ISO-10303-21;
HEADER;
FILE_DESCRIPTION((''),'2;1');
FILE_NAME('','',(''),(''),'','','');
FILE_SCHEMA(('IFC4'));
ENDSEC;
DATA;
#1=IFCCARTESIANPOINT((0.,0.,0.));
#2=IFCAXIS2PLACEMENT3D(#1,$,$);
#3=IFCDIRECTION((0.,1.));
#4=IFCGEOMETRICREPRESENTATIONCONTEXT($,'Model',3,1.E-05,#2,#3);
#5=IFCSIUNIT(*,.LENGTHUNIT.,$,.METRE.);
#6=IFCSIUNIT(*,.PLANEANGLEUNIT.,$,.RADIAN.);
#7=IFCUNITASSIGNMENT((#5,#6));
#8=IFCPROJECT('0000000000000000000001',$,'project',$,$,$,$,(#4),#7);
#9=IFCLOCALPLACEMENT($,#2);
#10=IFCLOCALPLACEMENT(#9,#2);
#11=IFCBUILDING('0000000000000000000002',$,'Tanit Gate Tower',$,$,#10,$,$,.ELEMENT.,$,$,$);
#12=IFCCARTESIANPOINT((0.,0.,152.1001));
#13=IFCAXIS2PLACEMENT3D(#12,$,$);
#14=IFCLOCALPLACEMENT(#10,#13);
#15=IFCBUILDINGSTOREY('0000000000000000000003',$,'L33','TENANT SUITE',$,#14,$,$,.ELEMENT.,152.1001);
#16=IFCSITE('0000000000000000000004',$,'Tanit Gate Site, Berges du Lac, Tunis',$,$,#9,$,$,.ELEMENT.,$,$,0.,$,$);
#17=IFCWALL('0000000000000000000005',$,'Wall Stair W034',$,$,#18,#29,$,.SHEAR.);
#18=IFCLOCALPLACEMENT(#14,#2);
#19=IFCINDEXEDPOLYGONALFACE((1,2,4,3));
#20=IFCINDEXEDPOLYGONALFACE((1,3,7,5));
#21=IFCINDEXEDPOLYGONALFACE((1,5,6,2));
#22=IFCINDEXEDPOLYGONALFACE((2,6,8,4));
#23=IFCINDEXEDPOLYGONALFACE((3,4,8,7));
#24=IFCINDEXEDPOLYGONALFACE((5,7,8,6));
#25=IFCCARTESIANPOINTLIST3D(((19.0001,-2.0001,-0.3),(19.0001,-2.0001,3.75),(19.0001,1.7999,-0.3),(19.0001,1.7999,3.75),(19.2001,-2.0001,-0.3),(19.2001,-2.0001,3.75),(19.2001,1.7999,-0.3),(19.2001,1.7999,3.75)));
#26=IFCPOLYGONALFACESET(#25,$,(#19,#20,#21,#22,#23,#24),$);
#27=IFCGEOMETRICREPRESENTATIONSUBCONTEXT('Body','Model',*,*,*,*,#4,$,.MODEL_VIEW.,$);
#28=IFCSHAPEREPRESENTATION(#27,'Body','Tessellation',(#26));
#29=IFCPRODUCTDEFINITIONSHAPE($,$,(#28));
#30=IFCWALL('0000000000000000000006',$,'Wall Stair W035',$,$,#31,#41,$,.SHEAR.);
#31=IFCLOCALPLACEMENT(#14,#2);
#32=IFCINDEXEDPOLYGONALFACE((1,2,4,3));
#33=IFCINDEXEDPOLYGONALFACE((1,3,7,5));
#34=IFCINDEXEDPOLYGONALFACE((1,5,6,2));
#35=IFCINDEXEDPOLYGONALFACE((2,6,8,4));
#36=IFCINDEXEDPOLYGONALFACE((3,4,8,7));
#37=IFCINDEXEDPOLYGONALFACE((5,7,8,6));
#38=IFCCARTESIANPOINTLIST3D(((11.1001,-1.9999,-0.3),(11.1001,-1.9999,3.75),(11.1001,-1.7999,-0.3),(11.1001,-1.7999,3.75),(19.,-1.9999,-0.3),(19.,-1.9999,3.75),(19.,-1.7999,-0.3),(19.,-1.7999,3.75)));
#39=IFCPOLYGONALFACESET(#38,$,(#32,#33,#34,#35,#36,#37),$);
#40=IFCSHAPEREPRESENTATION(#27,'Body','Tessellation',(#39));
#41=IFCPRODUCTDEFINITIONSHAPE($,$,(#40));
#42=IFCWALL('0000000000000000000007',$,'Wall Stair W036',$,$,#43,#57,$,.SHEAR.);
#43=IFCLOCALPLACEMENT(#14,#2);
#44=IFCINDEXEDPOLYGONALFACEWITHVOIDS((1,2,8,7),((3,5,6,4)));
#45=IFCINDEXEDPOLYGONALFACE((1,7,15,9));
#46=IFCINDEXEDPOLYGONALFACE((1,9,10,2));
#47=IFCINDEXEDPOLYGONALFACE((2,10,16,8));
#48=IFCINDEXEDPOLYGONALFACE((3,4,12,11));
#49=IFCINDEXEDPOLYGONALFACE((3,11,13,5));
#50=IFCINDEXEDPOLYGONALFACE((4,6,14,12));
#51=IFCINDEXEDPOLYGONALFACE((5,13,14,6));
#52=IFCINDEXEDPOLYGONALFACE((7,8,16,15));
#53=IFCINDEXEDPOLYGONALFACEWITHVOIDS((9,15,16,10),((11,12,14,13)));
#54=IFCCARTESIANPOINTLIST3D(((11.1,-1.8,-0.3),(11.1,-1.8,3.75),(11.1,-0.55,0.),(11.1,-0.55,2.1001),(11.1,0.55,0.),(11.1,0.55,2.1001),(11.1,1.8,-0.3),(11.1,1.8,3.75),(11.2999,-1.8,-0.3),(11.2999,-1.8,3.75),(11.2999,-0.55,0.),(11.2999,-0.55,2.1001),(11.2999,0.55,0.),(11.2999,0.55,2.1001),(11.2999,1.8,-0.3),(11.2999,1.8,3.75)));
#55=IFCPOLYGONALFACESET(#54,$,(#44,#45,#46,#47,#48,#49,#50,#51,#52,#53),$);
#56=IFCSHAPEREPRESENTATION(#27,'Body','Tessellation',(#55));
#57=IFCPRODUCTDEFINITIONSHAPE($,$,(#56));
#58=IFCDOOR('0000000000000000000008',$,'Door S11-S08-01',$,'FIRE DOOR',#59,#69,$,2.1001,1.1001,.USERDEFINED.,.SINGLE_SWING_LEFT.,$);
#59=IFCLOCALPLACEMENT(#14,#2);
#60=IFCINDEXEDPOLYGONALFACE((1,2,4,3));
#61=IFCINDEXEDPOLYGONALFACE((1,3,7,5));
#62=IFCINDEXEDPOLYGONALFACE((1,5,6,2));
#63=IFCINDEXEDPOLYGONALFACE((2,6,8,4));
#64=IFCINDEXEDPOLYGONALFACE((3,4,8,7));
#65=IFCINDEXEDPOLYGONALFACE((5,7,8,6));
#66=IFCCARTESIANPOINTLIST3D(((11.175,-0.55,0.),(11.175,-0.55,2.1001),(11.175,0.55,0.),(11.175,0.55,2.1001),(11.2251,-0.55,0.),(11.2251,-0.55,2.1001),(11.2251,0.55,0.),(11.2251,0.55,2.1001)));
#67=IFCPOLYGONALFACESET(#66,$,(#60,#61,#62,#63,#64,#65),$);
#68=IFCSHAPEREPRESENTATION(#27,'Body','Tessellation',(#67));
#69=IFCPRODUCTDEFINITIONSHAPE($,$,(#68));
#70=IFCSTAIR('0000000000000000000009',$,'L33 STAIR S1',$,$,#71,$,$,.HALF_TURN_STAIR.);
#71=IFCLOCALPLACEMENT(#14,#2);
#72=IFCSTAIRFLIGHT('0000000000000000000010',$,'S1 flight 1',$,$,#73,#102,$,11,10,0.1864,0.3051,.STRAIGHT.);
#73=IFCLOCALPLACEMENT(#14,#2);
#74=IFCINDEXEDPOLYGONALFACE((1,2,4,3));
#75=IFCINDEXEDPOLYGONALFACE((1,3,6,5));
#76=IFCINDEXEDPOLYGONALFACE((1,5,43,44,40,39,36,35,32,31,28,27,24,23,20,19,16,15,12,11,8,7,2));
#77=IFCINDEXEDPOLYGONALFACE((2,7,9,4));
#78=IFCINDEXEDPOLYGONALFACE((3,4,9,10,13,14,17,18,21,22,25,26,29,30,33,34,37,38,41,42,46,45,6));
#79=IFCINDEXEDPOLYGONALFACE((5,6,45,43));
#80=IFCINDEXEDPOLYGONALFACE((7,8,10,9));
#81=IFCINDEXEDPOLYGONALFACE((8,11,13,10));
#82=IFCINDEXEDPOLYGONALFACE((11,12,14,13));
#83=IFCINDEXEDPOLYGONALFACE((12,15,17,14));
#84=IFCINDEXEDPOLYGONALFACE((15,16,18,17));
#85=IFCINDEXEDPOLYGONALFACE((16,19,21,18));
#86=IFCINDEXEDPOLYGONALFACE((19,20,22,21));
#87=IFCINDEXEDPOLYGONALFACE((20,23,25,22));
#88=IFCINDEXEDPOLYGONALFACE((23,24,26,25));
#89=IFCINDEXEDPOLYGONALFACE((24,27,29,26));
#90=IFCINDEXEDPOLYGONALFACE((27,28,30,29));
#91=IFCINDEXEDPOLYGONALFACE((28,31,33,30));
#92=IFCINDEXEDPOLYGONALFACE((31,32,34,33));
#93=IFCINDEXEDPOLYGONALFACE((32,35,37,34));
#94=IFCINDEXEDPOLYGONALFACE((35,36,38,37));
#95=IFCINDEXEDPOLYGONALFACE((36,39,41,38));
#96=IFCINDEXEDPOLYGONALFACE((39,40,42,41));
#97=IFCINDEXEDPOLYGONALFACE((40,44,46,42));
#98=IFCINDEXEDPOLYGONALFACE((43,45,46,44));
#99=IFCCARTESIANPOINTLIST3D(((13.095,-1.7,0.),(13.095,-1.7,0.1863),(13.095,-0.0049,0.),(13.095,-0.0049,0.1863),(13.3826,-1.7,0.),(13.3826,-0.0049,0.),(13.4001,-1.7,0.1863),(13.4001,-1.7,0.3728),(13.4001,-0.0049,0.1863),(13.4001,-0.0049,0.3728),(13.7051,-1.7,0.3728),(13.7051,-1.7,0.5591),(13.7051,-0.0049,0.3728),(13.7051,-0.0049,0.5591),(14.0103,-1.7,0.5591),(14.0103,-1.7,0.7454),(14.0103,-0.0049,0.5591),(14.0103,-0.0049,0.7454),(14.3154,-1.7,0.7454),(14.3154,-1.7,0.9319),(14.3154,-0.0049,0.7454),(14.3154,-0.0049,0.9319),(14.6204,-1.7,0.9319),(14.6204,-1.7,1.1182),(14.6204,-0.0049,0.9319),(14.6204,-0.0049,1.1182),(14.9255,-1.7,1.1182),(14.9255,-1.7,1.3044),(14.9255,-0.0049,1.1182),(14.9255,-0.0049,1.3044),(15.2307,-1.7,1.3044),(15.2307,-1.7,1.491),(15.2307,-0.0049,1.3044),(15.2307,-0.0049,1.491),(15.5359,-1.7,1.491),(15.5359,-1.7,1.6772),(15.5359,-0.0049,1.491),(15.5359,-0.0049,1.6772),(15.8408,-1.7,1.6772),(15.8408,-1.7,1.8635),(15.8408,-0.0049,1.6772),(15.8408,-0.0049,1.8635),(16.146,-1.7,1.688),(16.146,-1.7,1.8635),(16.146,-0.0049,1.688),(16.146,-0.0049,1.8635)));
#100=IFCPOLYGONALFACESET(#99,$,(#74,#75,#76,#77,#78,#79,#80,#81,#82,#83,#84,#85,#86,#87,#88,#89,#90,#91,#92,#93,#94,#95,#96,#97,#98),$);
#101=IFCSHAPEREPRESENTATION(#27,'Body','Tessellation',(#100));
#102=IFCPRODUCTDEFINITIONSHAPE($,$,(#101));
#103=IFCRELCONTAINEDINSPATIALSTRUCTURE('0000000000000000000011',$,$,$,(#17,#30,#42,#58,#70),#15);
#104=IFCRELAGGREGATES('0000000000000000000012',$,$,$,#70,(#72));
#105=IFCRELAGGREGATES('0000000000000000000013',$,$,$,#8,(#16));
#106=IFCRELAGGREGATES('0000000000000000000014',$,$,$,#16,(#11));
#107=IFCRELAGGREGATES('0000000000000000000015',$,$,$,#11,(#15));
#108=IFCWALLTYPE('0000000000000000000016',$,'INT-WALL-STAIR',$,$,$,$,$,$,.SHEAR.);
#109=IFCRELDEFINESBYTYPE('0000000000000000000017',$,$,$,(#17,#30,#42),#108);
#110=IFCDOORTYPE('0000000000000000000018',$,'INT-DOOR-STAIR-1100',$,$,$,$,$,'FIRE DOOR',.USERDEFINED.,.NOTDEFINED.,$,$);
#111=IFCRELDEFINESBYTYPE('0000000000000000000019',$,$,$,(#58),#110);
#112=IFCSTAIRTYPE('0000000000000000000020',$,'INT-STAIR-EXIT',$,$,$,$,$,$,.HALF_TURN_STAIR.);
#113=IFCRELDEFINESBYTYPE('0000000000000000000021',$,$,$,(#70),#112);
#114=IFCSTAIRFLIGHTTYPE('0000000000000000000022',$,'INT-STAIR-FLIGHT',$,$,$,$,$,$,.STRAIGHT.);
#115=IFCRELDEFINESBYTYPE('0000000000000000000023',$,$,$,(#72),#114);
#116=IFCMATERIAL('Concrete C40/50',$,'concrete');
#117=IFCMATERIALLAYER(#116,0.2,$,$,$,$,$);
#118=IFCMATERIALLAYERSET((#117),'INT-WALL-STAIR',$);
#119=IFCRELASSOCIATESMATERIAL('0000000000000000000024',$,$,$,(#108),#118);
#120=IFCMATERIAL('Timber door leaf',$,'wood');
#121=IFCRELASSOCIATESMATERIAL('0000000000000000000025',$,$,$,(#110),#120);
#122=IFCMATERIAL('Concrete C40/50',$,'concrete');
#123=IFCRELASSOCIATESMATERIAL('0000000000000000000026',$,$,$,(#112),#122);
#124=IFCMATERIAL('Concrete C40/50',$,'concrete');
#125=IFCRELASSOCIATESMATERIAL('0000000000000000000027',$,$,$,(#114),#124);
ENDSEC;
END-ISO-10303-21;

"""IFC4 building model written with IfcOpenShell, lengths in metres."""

from ifc_helpers import new_model, si_unit, direction, frame, frame_2d, origin, place, context, subcontext, project, spatial, polyline, rectangle, outline, extrude, material, layer, layer_set, type_object, element, fill, aggregate, save


model = new_model("IFC4")

# Units and contexts
model_context = context("Model", 3, precision=1e-05, world=origin(), true_north=direction((0.0, 1.0)))
body_context = subcontext(model_context, "Body", "Model", "MODEL_VIEW")
ifc_project = project(units=[si_unit("LENGTHUNIT", "METRE"), si_unit("PLANEANGLEUNIT", "RADIAN")], contexts=[model_context])

# Site, building, storey
site_placement = place(None, origin())
site = spatial("IfcSite", under=ifc_project, at=site_placement, Name="Tanit Gate Site, Berges du Lac, Tunis", CompositionType="ELEMENT", RefElevation=0.0)
building_placement = place(site_placement, origin())
building = spatial("IfcBuilding", under=site, at=building_placement, Name="Tanit Gate Tower", CompositionType="ELEMENT")
storey_placement = place(building_placement, frame((0.0, 0.0, 152.1001)))
storey = spatial("IfcBuildingStorey", under=building, at=storey_placement, Name="L33", Description="TENANT SUITE", CompositionType="ELEMENT", Elevation=152.1001)

# Walls
ifc_material_1 = material(Name="Concrete C40/50", Category="concrete")
ifc_layer_1 = layer(ifc_material_1, 0.2)
ifc_layer_set_1 = layer_set([ifc_layer_1], Name="INT-WALL-STAIR")
wall_type_1 = type_object("IfcWallType", Name="INT-WALL-STAIR", PredefinedType="SHEAR", material=ifc_layer_set_1)
wall_1_placement = place(storey_placement, frame((19.1001, -2.0, -0.3), z_axis=(0.0, 0.0, 1.0), x_axis=(0.0, 1.0, 0.0)))
element("IfcWall", 1, at=wall_1_placement, inside=storey, type_object=wall_type_1, Name="Wall Stair W034", PredefinedType="SHEAR", context=body_context, shape_type="SweptSolid", body=[
    extrude(rectangle(XDim=3.8, YDim=0.2, at=frame_2d((1.8999, 0.0))), origin(), (0.0, 0.0, 1.0), 4.05),
])
wall_2_placement = place(storey_placement, frame((11.1001, -1.8999, -0.3), z_axis=(0.0, 0.0, 1.0), x_axis=(1.0, 0.0, 0.0)))
element("IfcWall", 2, at=wall_2_placement, inside=storey, type_object=wall_type_1, Name="Wall Stair W035", PredefinedType="SHEAR", context=body_context, shape_type="SweptSolid", body=[
    extrude(rectangle(XDim=7.8999, YDim=0.2, at=frame_2d((3.95, 0.0))), origin(), (0.0, 0.0, 1.0), 4.05),
])

# Wall, opening, door
wall_3_placement = place(storey_placement, frame((11.2, -1.8, -0.3), z_axis=(0.0, 0.0, 1.0), x_axis=(0.0, 1.0, 0.0)))
wall_3 = element("IfcWall", 3, at=wall_3_placement, inside=storey, type_object=wall_type_1, Name="Wall Stair W036", PredefinedType="SHEAR", context=body_context, shape_type="SweptSolid", body=[
    extrude(rectangle(XDim=3.6001, YDim=0.2, at=frame_2d((1.8, 0.0))), origin(), (0.0, 0.0, 1.0), 4.05),
])
opening_1_placement = place(wall_3_placement, frame((1.25, 0.0, 0.3)))
opening_1 = element("IfcOpeningElement", 4, at=opening_1_placement, cuts=wall_3, PredefinedType="OPENING", context=body_context, shape_type="SweptSolid", body=[
    extrude(rectangle(XDim=1.1001, YDim=2.1001, at=frame_2d((0.55, 1.05))), frame((0.0, 0.1099, 0.0), z_axis=(0.0, -1.0, 0.0), x_axis=(1.0, 0.0, 0.0)), (0.0, 0.0, 1.0), 0.22),
])
ifc_material_2 = material(Name="Timber door leaf", Category="wood")
door_type_1 = type_object("IfcDoorType", Name="INT-DOOR-STAIR-1100", ElementType="FIRE DOOR", OperationType="NOTDEFINED", PredefinedType="USERDEFINED", material=ifc_material_2)
door_1_placement = place(opening_1_placement, origin())
door_1 = element("IfcDoor", 5, at=door_1_placement, inside=storey, type_object=door_type_1, Name="Door S11-S08-01", ObjectType="FIRE DOOR", OperationType="SINGLE_SWING_LEFT", OverallHeight=2.1001, OverallWidth=1.1001, PredefinedType="USERDEFINED", context=body_context, shape_type="SweptSolid", body=[
    extrude(rectangle(XDim=1.1001, YDim=2.1001, at=frame_2d((0.55, 1.05))), frame((0.0, 0.0249, 0.0), z_axis=(0.0, -1.0, 0.0), x_axis=(1.0, 0.0, 0.0)), (0.0, 0.0, 1.0), 0.05),
])
fill(opening_1, door_1)

# Stair, stair flight
ifc_material_3 = material(Name="Concrete C40/50", Category="concrete")
stair_type = type_object("IfcStairType", Name="INT-STAIR-EXIT", PredefinedType="HALF_TURN_STAIR", material=ifc_material_3)
stair_placement = place(storey_placement, origin())
stair = element("IfcStair", 6, at=stair_placement, inside=storey, type_object=stair_type, Name="L33 STAIR S1", PredefinedType="HALF_TURN_STAIR")
ifc_material_4 = material(Name="Concrete C40/50", Category="concrete")
stair_flight_type = type_object("IfcStairFlightType", Name="INT-STAIR-FLIGHT", PredefinedType="STRAIGHT", material=ifc_material_4)
stair_flight_placement = place(storey_placement, frame((13.095, -0.8525, 0.0), z_axis=(0.0, 0.0, 1.0), x_axis=(1.0, 0.0, 0.0)))
stair_flight = element("IfcStairFlight", 7, at=stair_flight_placement, type_object=stair_flight_type, Name="S1 flight 1", NumberOfRisers=11, NumberOfTreads=10, PredefinedType="STRAIGHT", RiserHeight=0.1864, TreadLength=0.3051, context=body_context, shape_type="SweptSolid", body=[
    extrude(outline(polyline([(0.0, 0.0), (0.0, 0.1863), (0.3052, 0.1863), (0.3052, 0.3728), (0.6101, 0.3728), (0.6101, 0.5591), (0.9153, 0.5591), (0.9153, 0.7454), (1.2205, 0.7454), (1.2205, 0.9319), (1.5254, 0.9319), (1.5254, 1.1182), (1.8306, 1.1182), (1.8306, 1.3044), (2.1357, 1.3044), (2.1357, 1.491), (2.4409, 1.491), (2.4409, 1.6772), (2.7458, 1.6772), (2.7458, 1.8635), (3.051, 1.8635), (3.051, 2.05), (3.051, 1.688), (0.2876, 0.0), (0.0, 0.0)])), frame((0.0, 0.8477, 0.0), z_axis=(0.0, -1.0, 0.0), x_axis=(1.0, 0.0, 0.0)), (0.0, 0.0, 1.0), 1.6951),
])
aggregate(stair, [stair_flight])

save(model, "model.ifc")
